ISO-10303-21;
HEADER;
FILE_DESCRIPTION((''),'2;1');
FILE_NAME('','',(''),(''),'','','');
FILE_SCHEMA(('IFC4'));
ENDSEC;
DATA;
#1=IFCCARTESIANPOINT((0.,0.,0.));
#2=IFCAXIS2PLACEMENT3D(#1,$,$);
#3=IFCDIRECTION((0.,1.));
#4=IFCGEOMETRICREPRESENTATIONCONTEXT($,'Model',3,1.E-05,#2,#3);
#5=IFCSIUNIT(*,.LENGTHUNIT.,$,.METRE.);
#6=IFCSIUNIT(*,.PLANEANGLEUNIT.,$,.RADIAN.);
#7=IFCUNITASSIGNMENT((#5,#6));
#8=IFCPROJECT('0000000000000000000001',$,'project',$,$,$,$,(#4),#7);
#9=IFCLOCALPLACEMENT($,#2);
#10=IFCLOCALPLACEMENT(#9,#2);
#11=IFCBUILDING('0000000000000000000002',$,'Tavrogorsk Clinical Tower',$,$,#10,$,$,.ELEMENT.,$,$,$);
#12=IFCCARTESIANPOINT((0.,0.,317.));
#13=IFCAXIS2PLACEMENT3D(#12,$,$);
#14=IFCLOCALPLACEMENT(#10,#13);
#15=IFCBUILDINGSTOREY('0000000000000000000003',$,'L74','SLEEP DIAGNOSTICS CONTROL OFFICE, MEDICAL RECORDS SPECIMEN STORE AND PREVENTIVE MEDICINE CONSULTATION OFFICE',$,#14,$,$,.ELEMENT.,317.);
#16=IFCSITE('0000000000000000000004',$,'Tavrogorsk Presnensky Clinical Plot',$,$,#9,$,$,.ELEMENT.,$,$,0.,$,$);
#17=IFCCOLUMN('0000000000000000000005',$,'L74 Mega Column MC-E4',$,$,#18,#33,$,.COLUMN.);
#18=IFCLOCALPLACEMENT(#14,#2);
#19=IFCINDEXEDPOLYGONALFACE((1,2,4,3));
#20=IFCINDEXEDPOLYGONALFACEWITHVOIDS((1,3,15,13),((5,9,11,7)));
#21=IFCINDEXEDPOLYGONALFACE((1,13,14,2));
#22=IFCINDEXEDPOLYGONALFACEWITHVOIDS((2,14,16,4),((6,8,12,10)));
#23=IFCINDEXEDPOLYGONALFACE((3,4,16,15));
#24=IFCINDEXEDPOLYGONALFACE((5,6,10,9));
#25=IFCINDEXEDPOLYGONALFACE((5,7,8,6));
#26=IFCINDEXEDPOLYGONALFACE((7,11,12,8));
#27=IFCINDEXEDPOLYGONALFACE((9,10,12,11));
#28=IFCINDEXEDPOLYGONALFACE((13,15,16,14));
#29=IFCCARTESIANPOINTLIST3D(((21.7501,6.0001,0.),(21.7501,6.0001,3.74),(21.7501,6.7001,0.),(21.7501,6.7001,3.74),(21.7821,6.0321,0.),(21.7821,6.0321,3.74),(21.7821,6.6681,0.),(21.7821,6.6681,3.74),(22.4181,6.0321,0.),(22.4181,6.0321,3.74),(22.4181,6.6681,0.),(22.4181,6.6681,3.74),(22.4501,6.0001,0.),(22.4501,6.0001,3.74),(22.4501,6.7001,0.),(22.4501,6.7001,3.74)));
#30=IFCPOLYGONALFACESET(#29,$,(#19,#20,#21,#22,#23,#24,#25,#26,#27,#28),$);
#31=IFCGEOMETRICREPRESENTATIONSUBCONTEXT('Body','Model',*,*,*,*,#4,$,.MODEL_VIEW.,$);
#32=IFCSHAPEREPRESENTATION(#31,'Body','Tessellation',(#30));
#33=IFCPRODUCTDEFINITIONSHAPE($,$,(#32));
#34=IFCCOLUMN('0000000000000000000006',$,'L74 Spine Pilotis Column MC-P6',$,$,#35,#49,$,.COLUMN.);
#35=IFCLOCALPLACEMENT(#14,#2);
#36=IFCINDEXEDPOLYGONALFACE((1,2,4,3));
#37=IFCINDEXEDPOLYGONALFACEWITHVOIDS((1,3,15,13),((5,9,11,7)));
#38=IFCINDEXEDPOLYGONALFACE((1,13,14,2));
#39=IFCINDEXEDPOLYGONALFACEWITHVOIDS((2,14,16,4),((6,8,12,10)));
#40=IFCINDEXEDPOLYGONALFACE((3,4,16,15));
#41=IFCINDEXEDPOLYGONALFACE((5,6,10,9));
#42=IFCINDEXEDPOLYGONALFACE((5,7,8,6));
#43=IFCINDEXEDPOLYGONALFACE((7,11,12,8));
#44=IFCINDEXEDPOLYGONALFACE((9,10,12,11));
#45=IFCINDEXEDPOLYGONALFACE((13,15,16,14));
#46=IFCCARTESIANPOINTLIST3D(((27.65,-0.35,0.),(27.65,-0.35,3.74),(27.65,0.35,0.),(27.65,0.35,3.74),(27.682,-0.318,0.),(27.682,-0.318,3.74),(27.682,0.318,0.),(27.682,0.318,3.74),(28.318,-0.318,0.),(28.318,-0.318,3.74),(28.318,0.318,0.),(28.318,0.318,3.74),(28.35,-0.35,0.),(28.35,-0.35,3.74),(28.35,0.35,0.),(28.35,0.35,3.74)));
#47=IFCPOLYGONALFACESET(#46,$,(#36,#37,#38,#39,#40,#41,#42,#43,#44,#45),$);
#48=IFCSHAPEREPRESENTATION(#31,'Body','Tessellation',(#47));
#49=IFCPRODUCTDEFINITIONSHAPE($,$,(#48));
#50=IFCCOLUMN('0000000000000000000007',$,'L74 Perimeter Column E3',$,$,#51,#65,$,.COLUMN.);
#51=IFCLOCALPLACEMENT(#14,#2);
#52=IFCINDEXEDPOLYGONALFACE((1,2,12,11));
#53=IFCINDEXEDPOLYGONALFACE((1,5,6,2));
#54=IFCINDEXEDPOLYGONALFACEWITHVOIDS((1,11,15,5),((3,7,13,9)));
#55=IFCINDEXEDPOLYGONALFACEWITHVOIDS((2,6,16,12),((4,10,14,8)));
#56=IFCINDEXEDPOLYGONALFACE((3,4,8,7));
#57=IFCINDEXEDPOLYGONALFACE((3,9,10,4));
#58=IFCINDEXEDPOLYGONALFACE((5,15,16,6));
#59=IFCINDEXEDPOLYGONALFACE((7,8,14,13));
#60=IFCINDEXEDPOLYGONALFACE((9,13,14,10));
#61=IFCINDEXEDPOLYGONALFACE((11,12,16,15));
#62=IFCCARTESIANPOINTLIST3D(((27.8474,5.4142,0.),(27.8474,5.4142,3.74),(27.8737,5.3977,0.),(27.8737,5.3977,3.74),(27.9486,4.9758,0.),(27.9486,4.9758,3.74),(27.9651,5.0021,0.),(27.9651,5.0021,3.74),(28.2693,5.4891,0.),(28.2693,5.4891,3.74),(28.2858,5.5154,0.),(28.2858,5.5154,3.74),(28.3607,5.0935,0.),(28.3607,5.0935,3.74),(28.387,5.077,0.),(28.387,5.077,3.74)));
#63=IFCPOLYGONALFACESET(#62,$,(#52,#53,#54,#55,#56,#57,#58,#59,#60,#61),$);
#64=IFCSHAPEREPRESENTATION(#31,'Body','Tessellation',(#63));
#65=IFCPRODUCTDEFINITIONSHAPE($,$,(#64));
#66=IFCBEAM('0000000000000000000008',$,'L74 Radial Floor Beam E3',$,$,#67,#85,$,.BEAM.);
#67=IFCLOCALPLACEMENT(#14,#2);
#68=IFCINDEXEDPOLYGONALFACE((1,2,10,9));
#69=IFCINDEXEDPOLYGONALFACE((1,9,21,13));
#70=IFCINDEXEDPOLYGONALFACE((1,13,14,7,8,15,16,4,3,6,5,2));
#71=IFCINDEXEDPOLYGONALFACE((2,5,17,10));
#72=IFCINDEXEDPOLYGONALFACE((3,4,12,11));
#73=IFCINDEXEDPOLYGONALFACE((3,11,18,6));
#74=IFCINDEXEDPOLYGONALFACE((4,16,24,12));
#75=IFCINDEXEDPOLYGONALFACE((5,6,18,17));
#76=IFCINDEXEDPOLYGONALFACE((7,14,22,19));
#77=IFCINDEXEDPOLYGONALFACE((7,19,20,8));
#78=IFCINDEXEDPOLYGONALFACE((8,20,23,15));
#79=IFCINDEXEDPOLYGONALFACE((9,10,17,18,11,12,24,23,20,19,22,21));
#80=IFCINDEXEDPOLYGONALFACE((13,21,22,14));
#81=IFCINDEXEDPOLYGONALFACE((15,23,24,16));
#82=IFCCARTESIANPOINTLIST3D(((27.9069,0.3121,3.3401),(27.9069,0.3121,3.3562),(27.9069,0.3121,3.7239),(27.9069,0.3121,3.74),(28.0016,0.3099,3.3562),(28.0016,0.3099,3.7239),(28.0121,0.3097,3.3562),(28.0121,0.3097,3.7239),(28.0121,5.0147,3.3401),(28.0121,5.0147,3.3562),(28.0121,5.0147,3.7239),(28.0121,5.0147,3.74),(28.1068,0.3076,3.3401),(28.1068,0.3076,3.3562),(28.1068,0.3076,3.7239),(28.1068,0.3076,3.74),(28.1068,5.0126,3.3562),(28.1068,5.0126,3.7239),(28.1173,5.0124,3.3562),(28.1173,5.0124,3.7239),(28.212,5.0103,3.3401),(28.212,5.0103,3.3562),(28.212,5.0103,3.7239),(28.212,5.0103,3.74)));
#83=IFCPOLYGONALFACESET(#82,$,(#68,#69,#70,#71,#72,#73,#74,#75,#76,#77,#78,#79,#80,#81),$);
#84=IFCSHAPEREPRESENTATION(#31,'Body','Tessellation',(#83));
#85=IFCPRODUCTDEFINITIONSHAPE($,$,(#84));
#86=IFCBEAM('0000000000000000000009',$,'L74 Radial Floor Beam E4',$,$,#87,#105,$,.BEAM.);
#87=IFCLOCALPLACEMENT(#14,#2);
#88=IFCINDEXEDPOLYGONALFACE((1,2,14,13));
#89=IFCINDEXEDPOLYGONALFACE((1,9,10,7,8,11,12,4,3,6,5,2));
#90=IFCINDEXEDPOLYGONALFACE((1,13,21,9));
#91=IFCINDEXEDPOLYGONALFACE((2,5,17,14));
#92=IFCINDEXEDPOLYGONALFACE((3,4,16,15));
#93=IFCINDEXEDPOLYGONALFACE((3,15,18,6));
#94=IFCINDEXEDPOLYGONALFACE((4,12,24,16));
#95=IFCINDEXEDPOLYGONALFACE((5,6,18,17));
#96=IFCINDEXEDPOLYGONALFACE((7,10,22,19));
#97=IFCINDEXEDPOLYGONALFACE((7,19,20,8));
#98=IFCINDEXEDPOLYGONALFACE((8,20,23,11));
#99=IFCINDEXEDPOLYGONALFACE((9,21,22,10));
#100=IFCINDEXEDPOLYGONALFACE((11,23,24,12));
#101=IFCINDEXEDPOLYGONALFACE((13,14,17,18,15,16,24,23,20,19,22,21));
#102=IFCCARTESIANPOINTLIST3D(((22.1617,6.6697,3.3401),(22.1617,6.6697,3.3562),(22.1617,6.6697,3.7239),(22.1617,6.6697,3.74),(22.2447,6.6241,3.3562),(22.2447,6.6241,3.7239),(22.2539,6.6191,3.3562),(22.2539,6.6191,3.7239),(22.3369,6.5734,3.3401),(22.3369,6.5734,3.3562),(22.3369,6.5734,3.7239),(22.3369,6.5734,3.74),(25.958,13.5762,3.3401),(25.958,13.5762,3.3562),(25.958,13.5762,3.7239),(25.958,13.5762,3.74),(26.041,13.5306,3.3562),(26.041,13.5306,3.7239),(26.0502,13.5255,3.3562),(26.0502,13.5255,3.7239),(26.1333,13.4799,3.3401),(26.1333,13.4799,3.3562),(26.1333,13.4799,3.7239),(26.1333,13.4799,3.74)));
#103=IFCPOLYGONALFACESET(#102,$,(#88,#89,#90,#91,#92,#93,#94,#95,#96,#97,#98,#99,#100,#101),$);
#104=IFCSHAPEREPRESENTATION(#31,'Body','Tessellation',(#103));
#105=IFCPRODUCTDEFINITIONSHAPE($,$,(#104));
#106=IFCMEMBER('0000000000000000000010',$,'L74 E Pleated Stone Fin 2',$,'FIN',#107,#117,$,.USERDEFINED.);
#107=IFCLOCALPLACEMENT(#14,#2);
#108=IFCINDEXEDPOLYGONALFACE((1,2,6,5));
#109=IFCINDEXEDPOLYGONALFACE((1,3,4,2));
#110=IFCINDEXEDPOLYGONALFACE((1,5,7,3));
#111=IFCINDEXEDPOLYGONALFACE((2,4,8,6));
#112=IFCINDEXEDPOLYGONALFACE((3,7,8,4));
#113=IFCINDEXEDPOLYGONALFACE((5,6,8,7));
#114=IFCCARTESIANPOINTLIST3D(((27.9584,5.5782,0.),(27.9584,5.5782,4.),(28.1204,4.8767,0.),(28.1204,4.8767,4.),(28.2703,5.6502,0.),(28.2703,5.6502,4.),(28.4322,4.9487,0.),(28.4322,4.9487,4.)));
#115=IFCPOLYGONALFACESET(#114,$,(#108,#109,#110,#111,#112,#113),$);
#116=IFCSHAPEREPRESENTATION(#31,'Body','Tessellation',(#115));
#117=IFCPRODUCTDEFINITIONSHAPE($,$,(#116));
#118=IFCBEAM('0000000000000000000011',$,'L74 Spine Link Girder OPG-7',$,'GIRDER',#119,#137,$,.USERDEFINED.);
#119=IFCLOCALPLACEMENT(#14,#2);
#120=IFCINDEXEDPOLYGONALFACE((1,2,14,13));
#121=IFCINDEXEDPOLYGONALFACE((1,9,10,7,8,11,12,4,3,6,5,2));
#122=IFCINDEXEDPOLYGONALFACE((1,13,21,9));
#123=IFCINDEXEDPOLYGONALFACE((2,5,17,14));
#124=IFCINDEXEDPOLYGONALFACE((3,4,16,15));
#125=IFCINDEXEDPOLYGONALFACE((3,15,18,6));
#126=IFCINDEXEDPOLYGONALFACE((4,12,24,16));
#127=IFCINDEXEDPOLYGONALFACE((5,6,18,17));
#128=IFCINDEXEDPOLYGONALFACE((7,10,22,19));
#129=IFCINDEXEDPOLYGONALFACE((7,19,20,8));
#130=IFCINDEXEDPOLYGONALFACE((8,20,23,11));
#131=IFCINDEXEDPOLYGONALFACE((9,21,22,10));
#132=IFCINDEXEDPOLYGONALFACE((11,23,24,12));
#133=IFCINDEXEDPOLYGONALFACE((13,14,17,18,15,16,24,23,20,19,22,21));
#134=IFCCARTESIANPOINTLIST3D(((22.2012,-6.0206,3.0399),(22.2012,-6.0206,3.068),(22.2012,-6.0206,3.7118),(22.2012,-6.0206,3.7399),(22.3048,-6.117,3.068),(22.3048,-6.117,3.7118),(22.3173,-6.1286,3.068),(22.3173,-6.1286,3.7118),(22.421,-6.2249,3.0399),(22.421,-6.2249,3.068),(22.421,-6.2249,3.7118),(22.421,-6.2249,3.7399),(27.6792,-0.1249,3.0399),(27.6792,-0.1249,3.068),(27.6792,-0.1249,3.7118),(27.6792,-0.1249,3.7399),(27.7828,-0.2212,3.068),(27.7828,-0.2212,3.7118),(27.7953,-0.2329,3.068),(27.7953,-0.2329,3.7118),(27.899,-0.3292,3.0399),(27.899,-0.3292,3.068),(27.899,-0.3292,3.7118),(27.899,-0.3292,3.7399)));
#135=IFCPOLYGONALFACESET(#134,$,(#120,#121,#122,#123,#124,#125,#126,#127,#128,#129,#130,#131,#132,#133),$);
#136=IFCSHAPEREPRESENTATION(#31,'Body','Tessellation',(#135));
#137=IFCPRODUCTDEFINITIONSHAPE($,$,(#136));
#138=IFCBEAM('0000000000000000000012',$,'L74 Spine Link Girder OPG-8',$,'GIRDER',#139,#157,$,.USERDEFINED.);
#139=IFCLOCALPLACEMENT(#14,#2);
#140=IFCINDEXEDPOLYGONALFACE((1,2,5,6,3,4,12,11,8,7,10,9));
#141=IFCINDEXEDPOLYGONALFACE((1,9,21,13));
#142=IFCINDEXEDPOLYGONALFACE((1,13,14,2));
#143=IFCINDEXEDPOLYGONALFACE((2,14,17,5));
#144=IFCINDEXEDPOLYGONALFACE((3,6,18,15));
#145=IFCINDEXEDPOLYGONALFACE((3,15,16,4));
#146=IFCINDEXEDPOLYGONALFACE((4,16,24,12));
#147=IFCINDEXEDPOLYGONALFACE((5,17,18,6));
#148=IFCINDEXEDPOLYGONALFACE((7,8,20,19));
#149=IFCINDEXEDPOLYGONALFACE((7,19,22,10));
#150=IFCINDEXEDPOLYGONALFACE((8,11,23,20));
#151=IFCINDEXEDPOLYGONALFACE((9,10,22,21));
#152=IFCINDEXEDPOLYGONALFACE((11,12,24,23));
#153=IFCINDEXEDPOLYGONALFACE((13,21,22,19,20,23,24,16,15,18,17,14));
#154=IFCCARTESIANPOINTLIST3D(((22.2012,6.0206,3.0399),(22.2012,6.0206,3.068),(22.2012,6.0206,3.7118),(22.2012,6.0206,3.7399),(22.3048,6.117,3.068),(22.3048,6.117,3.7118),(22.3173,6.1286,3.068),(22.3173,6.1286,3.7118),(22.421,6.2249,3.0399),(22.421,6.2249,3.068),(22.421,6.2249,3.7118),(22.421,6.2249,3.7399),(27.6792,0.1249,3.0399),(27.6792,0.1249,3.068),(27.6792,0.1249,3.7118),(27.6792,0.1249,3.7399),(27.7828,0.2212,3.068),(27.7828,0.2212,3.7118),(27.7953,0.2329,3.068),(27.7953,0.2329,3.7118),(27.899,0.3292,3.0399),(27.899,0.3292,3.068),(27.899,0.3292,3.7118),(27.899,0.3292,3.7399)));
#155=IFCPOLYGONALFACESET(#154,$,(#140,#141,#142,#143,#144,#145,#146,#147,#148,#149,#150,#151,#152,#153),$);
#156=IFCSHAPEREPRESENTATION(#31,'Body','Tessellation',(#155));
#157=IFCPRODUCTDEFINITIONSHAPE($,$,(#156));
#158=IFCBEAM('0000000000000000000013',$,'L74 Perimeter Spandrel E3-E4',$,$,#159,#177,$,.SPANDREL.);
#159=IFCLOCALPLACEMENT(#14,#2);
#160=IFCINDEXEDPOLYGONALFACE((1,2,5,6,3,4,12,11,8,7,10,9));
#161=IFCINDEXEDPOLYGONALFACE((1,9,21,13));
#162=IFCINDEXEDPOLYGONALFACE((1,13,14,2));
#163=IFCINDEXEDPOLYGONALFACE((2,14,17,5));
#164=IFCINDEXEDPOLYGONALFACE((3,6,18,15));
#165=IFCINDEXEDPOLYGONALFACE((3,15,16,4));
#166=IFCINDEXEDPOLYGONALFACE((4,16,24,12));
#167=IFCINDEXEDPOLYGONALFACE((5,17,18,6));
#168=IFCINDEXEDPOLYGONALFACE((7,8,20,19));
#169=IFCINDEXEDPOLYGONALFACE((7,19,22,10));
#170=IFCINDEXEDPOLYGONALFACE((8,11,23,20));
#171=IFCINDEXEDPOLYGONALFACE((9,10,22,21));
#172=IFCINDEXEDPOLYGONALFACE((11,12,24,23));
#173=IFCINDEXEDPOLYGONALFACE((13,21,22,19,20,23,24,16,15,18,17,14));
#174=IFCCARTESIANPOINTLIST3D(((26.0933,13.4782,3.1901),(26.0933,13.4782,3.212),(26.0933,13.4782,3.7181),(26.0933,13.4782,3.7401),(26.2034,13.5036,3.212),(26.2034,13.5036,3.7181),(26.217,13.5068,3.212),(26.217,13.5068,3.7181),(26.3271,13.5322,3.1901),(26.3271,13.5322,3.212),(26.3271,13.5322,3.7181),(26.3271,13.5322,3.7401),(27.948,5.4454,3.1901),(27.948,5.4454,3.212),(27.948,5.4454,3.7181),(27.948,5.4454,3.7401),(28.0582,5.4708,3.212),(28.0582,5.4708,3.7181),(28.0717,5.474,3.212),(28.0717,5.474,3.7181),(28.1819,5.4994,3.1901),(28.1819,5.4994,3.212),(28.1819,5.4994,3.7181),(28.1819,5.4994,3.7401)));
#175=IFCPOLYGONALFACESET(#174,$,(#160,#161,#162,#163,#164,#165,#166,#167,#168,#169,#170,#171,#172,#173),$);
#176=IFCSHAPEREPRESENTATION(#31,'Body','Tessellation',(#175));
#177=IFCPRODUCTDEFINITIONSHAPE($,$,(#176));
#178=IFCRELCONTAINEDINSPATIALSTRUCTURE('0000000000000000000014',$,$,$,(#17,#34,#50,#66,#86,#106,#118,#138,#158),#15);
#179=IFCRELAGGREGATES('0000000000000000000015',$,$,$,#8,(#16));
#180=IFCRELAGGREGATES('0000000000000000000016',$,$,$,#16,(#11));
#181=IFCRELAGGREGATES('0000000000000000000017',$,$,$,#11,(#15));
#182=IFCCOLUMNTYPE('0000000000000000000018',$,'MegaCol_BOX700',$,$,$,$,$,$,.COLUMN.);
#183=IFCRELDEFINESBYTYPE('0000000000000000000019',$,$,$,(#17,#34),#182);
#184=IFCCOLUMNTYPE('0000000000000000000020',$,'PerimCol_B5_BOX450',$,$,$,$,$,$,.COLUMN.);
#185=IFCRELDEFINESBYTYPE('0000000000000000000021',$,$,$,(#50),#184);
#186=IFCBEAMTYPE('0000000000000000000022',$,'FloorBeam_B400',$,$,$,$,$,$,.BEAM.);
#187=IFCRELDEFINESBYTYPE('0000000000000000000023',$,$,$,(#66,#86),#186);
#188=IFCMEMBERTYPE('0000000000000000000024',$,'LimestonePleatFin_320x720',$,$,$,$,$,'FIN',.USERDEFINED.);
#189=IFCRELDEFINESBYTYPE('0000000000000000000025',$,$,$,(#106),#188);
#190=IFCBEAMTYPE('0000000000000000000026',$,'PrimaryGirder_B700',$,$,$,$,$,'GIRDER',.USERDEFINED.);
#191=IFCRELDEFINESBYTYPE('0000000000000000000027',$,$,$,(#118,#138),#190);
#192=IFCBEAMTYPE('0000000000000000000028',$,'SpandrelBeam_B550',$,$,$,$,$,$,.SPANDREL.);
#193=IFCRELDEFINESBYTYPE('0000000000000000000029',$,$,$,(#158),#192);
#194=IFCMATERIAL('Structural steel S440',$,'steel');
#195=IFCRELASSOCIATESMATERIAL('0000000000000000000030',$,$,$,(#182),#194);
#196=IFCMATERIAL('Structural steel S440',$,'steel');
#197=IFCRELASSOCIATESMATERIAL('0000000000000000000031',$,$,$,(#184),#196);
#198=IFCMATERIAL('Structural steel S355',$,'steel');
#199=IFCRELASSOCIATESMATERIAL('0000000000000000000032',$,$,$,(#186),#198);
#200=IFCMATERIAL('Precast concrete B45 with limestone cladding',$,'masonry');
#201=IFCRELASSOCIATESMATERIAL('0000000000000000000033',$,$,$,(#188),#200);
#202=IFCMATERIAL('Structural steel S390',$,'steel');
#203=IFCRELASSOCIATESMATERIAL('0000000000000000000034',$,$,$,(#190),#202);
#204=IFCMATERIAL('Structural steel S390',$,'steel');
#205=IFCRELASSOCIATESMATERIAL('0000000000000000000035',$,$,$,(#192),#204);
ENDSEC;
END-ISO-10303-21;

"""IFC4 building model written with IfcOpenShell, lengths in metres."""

from ifc_helpers import new_model, si_unit, direction, frame, origin, origin_2d, place, context, subcontext, project, spatial, rectangle, hollow_rectangle, i_section, extrude, material, material_profile, profile_set, type_object, element, save


model = new_model("IFC4")

# Units and contexts
model_context = context("Model", 3, precision=1e-05, world=origin(), true_north=direction((0.0, 1.0)))
body_context = subcontext(model_context, "Body", "Model", "MODEL_VIEW")
ifc_project = project(units=[si_unit("LENGTHUNIT", "METRE"), si_unit("PLANEANGLEUNIT", "RADIAN")], contexts=[model_context])

# Site, building, storey
site_placement = place(None, origin())
site = spatial("IfcSite", under=ifc_project, at=site_placement, Name="Tavrogorsk Presnensky Clinical Plot", CompositionType="ELEMENT", RefElevation=0.0)
building_placement = place(site_placement, origin())
building = spatial("IfcBuilding", under=site, at=building_placement, Name="Tavrogorsk Clinical Tower", CompositionType="ELEMENT")
storey_placement = place(building_placement, frame((0.0, 0.0, 317.0)))
storey = spatial("IfcBuildingStorey", under=building, at=storey_placement, Name="L74", Description="SLEEP DIAGNOSTICS CONTROL OFFICE, MEDICAL RECORDS SPECIMEN STORE AND PREVENTIVE MEDICINE CONSULTATION OFFICE", CompositionType="ELEMENT", Elevation=317.0)

# Columns
ifc_material_1 = material(Name="Structural steel S440", Category="steel")
ifc_material_profile_1 = material_profile(ifc_material_1, hollow_rectangle(XDim=0.7, YDim=0.7, WallThickness=0.032, at=origin_2d()), Name="BOX-700x700x32")
ifc_profile_set_1 = profile_set([ifc_material_profile_1], Name="Structural steel S440")
column_type_1 = type_object("IfcColumnType", Name="MegaCol_BOX700", PredefinedType="COLUMN", material=ifc_profile_set_1)
for number, where, z_axis, x_axis, name in (
    (1, (22.1001, 6.3501, 0.0), (0.0, 0.0, 1.0), (1.0, 0.0, 0.0), "L74 Mega Column MC-E4"),
    (2, (28.0, 0.0, 0.0), (0.0, 0.0, 1.0), (1.0, 0.0, 0.0), "L74 Spine Pilotis Column MC-P6"),
):
    element("IfcColumn", number, at=place(storey_placement, frame(where, z_axis=z_axis, x_axis=x_axis)), inside=storey, type_object=column_type_1, Name=name, PredefinedType="COLUMN", context=body_context, shape_type="SweptSolid", body=[
        extrude(hollow_rectangle(XDim=0.7, YDim=0.7, WallThickness=0.032, at=origin_2d()), origin(), (0.0, 0.0, 1.0), 3.74),
    ])
ifc_material_2 = material(Name="Structural steel S440", Category="steel")
ifc_material_profile_2 = material_profile(ifc_material_2, hollow_rectangle(XDim=0.45, YDim=0.45, WallThickness=0.022, at=origin_2d()), Name="BOX-450x450x22")
ifc_profile_set_2 = profile_set([ifc_material_profile_2], Name="Structural steel S440")
column_type_2 = type_object("IfcColumnType", Name="PerimCol_B5_BOX450", PredefinedType="COLUMN", material=ifc_profile_set_2)
column_placement = place(storey_placement, frame((28.1172, 5.2456, 0.0), z_axis=(0.0, 0.0, 1.0), x_axis=(0.97437, 0.224951, 0.0)))
element("IfcColumn", 3, at=column_placement, inside=storey, type_object=column_type_2, Name="L74 Perimeter Column E3", PredefinedType="COLUMN", context=body_context, shape_type="SweptSolid", body=[
    extrude(hollow_rectangle(XDim=0.45, YDim=0.45, WallThickness=0.022, at=origin_2d()), origin(), (0.0, 0.0, 1.0), 3.74),
])

# Beams
ifc_material_3 = material(Name="Structural steel S355", Category="steel")
ifc_material_profile_3 = material_profile(ifc_material_3, i_section(OverallWidth=0.2, OverallDepth=0.3999, WebThickness=0.0105, FlangeThickness=0.0161, at=origin_2d()), Name="B-400x200x10.5x16")
ifc_profile_set_3 = profile_set([ifc_material_profile_3], Name="Structural steel S355")
beam_type_1 = type_object("IfcBeamType", Name="FloorBeam_B400", PredefinedType="BEAM", material=ifc_profile_set_3)
beam_1_placement = place(storey_placement, frame((28.0068, 0.3098, 3.54), z_axis=(0.02237, 0.99975, 0.0), x_axis=(-0.99975, 0.02237, 0.0)))
element("IfcBeam", 4, at=beam_1_placement, inside=storey, type_object=beam_type_1, Name="L74 Radial Floor Beam E3", PredefinedType="BEAM", context=body_context, shape_type="SweptSolid", body=[
    extrude(i_section(OverallWidth=0.2, OverallDepth=0.3999, WebThickness=0.0105, FlangeThickness=0.0161, at=origin_2d()), origin(), (0.0, 0.0, 1.0), 4.7039),
])
beam_2_placement = place(storey_placement, frame((22.2493, 6.6216, 3.54), z_axis=(0.481706, 0.876333, 0.0), x_axis=(-0.876333, 0.481706, 0.0)))
element("IfcBeam", 5, at=beam_2_placement, inside=storey, type_object=beam_type_1, Name="L74 Radial Floor Beam E4", PredefinedType="BEAM", context=body_context, shape_type="SweptSolid", body=[
    extrude(i_section(OverallWidth=0.2, OverallDepth=0.3999, WebThickness=0.0105, FlangeThickness=0.0161, at=origin_2d()), origin(), (0.0, 0.0, 1.0), 7.8811),
])

# Member
ifc_material_4 = material(Name="Precast concrete B45 with limestone cladding", Category="masonry")
ifc_material_profile_4 = material_profile(ifc_material_4, rectangle(XDim=0.3201, YDim=0.72, at=origin_2d()), Name="LIMESTONE-FIN-320x720")
ifc_profile_set_4 = profile_set([ifc_material_profile_4], Name="Precast concrete B45 with limestone cladding")
member_type = type_object("IfcMemberType", Name="LimestonePleatFin_320x720", ElementType="FIN", PredefinedType="USERDEFINED", material=ifc_profile_set_4)
member_placement = place(storey_placement, frame((28.1953, 5.2634, 0.0), z_axis=(0.0, 0.0, 1.0), x_axis=(0.97437, 0.224951, 0.0)))
element("IfcMember", 6, at=member_placement, inside=storey, type_object=member_type, Name="L74 E Pleated Stone Fin 2", ObjectType="FIN", PredefinedType="USERDEFINED", context=body_context, shape_type="SweptSolid", body=[
    extrude(rectangle(XDim=0.3201, YDim=0.72, at=origin_2d()), origin(), (0.0, 0.0, 1.0), 4.0),
])

# Beams
ifc_material_5 = material(Name="Structural steel S390", Category="steel")
ifc_material_profile_5 = material_profile(ifc_material_5, i_section(OverallWidth=0.3, OverallDepth=0.7, WebThickness=0.0171, FlangeThickness=0.0281, at=origin_2d()), Name="B-700x300x17x28")
ifc_profile_set_5 = profile_set([ifc_material_profile_5], Name="Structural steel S390")
beam_type_2 = type_object("IfcBeamType", Name="PrimaryGirder_B700", ElementType="GIRDER", PredefinedType="USERDEFINED", material=ifc_profile_set_5)
for number, where, z_axis, x_axis, name in (
    (7, (27.7891, -0.2271, 3.3899), (-0.680678, -0.732583, 0.0), (0.732583, -0.680678, 0.0), "L74 Spine Link Girder OPG-7"),
    (8, (27.7891, 0.2271, 3.3899), (-0.680678, 0.732583, 0.0), (-0.732583, -0.680678, 0.0), "L74 Spine Link Girder OPG-8"),
):
    element("IfcBeam", number, at=place(storey_placement, frame(where, z_axis=z_axis, x_axis=x_axis)), inside=storey, type_object=beam_type_2, Name=name, ObjectType="GIRDER", PredefinedType="USERDEFINED", context=body_context, shape_type="SweptSolid", body=[
        extrude(i_section(OverallWidth=0.3, OverallDepth=0.7, WebThickness=0.0171, FlangeThickness=0.0281, at=origin_2d()), origin(), (0.0, 0.0, 1.0), 8.0479),
    ])
ifc_material_6 = material(Name="Structural steel S390", Category="steel")
ifc_material_profile_6 = material_profile(ifc_material_6, i_section(OverallWidth=0.24, OverallDepth=0.55, WebThickness=0.0139, FlangeThickness=0.022, at=origin_2d()), Name="B-550x240x14x22")
ifc_profile_set_6 = profile_set([ifc_material_profile_6], Name="Structural steel S390")
beam_type_3 = type_object("IfcBeamType", Name="SpandrelBeam_B550", PredefinedType="SPANDREL", material=ifc_profile_set_6)
beam_3_placement = place(storey_placement, frame((28.0649, 5.4724, 3.4651), z_axis=(-0.224978, 0.974364, 0.0), x_axis=(-0.974364, -0.224978, 0.0)))
element("IfcBeam", 9, at=beam_3_placement, inside=storey, type_object=beam_type_3, Name="L74 Perimeter Spandrel E3-E4", PredefinedType="SPANDREL", context=body_context, shape_type="SweptSolid", body=[
    extrude(i_section(OverallWidth=0.24, OverallDepth=0.55, WebThickness=0.0139, FlangeThickness=0.022, at=origin_2d()), origin(), (0.0, 0.0, 1.0), 8.2441),
])

save(model, "model.ifc")
